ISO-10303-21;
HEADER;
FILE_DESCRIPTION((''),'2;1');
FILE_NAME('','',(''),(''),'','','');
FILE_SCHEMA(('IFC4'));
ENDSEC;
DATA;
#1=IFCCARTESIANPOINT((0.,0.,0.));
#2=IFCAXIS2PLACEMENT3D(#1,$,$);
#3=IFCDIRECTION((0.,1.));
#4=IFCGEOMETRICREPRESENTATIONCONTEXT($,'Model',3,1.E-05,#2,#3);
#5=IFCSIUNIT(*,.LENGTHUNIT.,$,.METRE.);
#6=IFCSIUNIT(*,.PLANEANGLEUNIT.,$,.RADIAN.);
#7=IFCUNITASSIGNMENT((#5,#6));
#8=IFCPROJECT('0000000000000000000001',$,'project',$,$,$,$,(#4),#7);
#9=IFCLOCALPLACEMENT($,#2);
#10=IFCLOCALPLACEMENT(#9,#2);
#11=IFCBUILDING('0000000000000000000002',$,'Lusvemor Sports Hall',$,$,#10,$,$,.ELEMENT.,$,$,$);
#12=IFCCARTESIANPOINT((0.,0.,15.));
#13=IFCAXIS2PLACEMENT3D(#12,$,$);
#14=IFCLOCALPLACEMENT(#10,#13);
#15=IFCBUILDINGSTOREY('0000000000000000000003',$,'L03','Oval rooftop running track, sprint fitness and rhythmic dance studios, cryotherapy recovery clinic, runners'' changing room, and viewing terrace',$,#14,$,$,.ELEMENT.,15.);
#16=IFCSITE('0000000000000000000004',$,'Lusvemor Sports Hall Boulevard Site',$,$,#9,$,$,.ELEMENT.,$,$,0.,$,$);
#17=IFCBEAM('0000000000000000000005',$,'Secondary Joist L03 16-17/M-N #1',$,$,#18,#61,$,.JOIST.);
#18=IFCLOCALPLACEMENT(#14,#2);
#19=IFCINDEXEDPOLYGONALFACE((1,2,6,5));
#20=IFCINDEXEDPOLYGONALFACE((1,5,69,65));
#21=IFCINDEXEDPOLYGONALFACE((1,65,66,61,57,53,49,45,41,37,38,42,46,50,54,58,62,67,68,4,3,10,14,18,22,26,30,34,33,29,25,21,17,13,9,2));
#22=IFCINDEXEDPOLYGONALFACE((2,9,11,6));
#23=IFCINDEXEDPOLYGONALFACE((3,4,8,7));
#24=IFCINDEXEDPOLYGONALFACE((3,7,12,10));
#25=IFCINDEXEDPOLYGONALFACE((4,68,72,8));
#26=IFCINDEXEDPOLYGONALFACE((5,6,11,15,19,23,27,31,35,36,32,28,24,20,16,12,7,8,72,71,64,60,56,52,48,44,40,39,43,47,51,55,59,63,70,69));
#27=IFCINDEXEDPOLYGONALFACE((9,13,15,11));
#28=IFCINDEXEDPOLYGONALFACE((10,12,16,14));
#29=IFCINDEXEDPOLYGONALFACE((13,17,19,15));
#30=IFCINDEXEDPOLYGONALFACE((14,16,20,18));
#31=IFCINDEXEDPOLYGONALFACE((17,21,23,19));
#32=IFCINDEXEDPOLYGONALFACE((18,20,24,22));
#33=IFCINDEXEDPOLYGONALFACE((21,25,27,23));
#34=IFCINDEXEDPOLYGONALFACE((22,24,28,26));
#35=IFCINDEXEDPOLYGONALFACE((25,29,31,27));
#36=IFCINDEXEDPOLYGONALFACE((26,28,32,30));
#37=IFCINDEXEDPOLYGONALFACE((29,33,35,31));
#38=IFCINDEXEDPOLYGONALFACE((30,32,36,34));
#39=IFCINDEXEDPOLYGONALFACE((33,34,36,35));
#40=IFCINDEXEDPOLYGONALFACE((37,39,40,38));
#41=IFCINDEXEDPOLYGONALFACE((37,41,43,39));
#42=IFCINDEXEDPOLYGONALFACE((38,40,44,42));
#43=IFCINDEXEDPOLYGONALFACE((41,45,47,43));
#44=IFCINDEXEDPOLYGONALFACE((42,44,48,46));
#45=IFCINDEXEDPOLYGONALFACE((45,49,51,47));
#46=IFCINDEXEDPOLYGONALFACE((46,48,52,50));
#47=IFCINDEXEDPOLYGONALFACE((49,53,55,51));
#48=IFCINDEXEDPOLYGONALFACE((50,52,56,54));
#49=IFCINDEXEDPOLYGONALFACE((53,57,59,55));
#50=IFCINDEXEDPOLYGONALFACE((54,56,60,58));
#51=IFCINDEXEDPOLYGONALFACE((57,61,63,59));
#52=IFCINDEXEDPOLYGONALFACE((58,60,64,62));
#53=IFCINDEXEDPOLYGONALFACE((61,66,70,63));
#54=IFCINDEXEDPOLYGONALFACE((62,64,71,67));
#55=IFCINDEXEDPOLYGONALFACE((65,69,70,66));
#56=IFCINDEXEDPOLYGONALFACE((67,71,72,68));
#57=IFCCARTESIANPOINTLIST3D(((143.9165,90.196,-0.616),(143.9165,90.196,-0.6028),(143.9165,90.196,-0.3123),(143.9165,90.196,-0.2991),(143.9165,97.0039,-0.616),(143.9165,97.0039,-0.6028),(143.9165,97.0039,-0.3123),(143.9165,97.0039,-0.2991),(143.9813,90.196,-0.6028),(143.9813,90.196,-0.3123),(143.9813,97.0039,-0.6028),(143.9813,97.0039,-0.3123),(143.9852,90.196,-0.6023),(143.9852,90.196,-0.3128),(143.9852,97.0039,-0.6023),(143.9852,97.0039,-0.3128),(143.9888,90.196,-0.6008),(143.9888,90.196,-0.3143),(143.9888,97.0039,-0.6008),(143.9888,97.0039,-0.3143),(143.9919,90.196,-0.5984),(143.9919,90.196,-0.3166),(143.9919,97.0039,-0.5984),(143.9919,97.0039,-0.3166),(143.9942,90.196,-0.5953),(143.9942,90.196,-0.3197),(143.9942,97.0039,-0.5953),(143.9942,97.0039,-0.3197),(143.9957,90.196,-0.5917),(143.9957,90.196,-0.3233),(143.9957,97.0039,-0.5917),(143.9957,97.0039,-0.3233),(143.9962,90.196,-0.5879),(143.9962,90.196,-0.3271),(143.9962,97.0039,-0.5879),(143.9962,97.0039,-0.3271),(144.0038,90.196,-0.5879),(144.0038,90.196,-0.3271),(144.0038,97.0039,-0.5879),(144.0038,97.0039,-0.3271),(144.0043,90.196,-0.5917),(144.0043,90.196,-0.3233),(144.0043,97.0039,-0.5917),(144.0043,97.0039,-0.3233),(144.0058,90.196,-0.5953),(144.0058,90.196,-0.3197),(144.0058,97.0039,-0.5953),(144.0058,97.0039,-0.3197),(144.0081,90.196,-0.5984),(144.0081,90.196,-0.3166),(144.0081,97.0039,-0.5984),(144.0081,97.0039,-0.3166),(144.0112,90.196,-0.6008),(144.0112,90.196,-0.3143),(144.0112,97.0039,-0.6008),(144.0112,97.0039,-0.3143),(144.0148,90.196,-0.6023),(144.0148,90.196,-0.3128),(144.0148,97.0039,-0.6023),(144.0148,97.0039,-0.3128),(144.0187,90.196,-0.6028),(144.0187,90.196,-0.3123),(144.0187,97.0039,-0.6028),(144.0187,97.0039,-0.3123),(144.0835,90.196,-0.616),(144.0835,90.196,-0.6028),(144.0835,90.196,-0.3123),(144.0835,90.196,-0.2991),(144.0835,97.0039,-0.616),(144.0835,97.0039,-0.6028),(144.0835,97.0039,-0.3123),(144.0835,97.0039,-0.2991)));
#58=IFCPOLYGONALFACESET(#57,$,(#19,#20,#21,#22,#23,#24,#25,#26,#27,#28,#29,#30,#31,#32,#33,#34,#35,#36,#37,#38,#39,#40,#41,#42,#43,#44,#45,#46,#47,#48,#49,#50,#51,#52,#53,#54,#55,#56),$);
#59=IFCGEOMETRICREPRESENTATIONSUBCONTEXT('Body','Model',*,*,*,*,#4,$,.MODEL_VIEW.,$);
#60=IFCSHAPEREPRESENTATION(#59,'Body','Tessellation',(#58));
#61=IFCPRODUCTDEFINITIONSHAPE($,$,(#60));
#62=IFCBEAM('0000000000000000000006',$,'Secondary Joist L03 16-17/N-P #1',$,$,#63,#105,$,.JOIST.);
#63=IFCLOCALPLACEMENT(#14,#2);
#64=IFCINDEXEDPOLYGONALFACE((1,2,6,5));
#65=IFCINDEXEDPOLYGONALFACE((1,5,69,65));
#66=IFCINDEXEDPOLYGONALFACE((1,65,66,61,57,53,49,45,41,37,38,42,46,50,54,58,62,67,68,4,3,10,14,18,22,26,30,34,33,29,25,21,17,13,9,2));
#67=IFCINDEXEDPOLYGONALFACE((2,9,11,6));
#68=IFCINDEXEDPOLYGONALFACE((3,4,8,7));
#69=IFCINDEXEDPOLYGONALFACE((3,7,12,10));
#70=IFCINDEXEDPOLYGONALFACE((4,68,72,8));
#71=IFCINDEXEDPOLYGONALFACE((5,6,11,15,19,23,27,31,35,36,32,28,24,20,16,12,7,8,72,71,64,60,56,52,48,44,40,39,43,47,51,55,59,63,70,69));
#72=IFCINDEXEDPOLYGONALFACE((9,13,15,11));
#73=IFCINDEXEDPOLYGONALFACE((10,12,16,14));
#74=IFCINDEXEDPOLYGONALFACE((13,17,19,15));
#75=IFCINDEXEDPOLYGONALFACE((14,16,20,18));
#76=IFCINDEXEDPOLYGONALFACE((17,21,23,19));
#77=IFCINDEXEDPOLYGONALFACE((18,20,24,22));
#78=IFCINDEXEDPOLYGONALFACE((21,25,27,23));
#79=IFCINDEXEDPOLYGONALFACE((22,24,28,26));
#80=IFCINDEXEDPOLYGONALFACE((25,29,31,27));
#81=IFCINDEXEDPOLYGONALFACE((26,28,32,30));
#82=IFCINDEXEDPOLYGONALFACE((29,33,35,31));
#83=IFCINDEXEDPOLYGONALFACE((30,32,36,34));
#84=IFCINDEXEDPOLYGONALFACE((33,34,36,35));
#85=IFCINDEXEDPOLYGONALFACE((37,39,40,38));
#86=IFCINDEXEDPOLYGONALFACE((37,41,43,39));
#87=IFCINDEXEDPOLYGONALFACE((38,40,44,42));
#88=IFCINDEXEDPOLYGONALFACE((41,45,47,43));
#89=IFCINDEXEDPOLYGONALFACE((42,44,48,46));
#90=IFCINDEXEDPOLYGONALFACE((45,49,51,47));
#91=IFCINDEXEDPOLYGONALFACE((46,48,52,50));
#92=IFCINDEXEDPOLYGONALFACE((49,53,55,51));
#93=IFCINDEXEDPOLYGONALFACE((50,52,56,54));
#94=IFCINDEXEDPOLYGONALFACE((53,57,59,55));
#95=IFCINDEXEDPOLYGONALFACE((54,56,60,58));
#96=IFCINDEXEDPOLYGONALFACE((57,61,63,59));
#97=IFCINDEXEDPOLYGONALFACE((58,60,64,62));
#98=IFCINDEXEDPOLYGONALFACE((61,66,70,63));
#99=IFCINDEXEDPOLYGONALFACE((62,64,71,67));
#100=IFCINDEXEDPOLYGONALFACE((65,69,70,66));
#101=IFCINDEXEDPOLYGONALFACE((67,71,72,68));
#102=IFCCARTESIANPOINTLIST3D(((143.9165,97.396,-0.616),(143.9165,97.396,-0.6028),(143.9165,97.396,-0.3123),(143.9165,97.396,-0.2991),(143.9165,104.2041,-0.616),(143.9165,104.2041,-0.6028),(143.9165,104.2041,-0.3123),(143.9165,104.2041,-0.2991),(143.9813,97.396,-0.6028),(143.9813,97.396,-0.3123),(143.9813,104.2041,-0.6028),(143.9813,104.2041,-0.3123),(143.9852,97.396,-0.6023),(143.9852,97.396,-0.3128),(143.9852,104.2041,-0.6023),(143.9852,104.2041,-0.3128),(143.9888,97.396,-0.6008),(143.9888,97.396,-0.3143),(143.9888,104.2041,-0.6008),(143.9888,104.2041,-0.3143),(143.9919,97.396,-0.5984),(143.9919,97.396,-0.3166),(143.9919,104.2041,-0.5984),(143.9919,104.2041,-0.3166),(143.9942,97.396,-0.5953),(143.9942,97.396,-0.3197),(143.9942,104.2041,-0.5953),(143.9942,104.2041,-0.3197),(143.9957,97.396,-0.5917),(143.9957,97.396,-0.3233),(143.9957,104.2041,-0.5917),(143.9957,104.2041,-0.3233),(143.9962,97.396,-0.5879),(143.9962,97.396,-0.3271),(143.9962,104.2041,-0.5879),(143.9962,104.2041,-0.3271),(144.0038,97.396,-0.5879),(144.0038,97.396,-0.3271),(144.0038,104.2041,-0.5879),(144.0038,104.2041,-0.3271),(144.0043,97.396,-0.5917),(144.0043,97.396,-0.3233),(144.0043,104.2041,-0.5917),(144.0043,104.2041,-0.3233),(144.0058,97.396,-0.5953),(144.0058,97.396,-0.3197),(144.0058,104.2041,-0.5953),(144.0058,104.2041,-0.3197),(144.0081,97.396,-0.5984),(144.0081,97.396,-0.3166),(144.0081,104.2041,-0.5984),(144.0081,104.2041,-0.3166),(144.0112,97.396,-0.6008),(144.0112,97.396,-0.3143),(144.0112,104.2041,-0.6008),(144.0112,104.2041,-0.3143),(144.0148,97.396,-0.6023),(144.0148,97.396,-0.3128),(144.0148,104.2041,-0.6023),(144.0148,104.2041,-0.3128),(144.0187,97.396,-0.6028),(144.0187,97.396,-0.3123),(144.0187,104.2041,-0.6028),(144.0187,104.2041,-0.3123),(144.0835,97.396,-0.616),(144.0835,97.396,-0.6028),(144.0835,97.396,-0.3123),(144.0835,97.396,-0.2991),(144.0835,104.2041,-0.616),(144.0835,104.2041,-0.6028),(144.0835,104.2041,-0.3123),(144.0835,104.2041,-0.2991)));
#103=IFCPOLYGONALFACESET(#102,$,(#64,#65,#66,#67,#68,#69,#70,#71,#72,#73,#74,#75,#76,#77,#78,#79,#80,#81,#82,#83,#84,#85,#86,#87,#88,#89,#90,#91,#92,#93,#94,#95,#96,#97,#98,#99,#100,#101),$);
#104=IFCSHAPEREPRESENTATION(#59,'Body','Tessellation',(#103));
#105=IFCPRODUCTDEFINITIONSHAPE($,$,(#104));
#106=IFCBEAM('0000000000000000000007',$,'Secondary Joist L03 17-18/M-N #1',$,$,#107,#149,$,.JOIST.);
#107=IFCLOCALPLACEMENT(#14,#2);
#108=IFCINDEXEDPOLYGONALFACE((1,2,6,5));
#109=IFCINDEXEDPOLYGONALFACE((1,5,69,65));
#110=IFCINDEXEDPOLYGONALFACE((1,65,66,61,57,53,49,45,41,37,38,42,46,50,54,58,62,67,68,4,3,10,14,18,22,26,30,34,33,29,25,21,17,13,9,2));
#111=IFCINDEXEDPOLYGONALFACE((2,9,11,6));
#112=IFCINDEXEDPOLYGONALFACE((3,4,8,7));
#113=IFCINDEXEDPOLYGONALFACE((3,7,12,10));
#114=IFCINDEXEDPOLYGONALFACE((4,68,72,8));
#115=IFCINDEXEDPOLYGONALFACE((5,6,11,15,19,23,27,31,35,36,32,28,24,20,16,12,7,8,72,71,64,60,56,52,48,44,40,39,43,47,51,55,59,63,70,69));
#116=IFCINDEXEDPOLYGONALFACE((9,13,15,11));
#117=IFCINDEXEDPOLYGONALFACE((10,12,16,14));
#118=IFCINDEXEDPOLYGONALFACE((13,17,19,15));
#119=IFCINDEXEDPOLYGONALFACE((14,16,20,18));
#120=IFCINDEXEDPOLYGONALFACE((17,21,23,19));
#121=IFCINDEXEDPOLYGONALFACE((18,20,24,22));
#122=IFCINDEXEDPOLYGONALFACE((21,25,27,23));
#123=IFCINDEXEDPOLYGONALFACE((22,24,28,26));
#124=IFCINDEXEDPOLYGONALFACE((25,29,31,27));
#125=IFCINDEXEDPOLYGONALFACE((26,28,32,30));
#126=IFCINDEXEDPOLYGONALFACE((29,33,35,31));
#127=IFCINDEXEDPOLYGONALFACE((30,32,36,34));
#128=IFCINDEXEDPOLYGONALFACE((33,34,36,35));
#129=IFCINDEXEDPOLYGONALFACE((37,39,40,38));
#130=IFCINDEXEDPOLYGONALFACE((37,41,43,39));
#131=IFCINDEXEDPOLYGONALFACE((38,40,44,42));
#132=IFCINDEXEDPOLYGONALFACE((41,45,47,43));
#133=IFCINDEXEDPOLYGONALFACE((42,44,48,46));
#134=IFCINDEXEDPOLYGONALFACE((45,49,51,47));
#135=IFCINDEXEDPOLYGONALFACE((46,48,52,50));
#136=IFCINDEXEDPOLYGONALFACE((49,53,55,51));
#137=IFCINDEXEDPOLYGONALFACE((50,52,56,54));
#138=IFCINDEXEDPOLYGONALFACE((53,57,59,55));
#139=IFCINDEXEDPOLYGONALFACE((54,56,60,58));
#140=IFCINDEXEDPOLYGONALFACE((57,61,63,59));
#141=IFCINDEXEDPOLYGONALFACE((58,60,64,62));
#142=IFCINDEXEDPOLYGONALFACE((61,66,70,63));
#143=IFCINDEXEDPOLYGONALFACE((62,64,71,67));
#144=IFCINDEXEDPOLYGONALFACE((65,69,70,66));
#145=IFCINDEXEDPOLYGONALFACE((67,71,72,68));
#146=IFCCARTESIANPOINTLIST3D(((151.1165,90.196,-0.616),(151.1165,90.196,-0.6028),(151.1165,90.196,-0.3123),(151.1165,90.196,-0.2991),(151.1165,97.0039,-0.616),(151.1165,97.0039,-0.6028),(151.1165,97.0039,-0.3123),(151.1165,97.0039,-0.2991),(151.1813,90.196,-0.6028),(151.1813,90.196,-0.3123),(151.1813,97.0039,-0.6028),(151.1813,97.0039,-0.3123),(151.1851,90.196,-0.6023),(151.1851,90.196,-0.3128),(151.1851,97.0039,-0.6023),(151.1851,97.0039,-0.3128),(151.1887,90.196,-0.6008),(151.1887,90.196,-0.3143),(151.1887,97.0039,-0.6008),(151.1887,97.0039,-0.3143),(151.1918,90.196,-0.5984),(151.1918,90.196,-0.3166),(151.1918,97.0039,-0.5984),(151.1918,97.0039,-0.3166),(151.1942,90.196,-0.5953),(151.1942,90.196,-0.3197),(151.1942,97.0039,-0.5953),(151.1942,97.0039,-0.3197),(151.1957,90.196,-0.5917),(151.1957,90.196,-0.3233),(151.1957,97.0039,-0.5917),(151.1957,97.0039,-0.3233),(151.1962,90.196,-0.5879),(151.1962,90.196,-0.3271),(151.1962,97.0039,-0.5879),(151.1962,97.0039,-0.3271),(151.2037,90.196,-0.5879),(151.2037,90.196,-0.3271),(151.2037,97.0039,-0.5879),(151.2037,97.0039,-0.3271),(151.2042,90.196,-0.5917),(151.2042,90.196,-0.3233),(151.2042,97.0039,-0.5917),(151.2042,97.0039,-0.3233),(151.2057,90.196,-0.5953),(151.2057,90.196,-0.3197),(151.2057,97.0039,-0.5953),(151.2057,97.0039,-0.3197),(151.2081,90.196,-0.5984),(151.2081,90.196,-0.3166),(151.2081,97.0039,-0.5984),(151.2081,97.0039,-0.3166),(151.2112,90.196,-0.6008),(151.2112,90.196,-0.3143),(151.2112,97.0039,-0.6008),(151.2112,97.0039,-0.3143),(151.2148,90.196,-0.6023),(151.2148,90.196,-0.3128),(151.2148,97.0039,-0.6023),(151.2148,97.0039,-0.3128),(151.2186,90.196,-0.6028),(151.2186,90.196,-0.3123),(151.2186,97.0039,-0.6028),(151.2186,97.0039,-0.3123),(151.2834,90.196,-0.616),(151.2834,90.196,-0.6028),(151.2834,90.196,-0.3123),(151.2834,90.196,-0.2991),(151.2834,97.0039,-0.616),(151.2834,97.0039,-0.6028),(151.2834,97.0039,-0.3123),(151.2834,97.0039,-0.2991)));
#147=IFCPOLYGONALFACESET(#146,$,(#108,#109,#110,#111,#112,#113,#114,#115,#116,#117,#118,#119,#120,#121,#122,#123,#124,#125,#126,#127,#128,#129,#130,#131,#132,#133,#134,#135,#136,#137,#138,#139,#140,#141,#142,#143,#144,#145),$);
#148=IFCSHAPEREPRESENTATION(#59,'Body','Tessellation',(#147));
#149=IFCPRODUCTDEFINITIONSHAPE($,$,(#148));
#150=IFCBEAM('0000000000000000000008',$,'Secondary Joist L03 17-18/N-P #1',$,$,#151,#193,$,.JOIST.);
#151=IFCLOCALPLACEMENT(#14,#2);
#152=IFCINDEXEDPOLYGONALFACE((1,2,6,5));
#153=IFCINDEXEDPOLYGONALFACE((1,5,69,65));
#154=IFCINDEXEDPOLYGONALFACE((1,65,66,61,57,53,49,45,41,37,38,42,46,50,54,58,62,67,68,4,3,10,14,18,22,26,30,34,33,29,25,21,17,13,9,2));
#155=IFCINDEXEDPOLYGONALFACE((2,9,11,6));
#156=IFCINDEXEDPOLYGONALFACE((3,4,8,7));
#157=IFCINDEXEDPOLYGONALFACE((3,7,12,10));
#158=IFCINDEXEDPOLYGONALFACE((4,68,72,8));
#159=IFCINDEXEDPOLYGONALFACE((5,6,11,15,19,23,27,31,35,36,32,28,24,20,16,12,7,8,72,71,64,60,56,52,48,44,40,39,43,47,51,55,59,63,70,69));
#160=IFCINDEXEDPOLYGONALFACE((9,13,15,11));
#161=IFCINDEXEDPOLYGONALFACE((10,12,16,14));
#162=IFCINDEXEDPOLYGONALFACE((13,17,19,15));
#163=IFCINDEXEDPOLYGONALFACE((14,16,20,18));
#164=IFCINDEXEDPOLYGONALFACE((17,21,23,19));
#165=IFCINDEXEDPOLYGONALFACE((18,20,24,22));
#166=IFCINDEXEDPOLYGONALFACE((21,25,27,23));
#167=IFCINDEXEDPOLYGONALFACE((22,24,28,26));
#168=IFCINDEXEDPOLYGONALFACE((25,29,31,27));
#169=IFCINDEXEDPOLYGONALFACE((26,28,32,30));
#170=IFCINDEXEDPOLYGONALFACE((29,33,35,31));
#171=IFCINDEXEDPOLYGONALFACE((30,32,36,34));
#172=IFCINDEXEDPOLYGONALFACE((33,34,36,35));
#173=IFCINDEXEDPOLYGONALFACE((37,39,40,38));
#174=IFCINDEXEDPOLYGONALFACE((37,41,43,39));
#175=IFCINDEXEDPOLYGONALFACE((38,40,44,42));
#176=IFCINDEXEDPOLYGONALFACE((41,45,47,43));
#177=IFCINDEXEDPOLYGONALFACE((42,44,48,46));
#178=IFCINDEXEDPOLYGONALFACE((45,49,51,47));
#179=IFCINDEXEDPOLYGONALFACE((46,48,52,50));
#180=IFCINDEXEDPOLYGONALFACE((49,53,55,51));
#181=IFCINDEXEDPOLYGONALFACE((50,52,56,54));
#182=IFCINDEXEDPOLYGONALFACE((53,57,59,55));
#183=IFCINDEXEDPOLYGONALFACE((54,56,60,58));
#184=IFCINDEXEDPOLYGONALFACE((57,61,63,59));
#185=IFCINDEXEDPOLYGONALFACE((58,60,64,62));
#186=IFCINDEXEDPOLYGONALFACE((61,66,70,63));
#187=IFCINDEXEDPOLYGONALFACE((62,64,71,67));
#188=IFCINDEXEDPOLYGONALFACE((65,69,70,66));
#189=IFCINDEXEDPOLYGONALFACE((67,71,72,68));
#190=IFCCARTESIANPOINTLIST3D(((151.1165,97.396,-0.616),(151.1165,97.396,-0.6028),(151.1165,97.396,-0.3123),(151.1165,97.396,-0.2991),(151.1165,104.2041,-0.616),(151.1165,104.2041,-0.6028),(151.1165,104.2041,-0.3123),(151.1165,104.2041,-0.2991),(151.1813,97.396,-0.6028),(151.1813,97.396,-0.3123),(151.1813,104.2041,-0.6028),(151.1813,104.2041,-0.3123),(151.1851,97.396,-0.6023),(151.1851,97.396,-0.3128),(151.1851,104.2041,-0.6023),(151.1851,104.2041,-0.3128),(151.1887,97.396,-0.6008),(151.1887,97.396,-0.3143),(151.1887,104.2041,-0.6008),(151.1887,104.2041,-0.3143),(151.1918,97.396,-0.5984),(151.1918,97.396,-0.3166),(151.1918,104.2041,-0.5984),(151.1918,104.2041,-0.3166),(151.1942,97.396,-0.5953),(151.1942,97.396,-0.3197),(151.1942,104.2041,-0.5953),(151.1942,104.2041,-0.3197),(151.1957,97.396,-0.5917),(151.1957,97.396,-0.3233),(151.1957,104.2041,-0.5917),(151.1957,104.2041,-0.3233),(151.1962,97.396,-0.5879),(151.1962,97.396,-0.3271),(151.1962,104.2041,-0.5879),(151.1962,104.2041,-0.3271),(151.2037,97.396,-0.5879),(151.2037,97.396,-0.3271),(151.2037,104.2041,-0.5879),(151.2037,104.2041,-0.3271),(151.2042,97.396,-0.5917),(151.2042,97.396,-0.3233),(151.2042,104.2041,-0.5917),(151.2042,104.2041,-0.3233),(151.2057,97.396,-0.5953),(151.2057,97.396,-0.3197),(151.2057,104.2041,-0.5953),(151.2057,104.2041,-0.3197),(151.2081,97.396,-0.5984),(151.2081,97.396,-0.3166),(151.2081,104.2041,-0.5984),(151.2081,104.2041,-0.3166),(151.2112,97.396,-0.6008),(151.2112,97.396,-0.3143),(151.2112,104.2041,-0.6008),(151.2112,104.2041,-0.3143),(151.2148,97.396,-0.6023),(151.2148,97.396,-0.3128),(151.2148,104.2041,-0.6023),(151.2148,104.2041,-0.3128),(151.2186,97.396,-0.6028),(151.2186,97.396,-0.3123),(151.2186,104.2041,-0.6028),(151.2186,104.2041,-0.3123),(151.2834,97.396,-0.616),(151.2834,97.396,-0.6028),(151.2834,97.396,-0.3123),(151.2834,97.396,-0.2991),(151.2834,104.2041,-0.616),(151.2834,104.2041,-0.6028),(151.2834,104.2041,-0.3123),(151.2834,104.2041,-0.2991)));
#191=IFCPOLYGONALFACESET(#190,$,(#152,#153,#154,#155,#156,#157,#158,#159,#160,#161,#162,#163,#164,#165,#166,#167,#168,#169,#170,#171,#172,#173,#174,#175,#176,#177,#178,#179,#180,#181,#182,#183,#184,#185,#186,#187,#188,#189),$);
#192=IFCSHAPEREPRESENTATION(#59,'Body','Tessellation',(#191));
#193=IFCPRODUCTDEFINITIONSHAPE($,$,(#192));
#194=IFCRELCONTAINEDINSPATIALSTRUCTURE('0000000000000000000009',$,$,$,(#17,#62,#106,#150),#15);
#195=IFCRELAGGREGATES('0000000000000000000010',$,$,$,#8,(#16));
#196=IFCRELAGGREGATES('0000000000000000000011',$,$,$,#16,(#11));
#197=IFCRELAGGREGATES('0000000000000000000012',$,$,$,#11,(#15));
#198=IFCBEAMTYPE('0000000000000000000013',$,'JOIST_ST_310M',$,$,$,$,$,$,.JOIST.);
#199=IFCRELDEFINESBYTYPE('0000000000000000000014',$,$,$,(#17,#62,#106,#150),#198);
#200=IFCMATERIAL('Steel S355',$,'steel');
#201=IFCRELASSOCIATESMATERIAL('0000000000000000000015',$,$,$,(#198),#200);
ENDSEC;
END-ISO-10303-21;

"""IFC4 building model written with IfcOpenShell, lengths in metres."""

from ifc_helpers import new_model, si_unit, direction, frame, origin, origin_2d, place, context, subcontext, project, spatial, i_section, extrude, material, material_profile, profile_set, type_object, element, save


model = new_model("IFC4")

# Units and contexts
model_context = context("Model", 3, precision=1e-05, world=origin(), true_north=direction((0.0, 1.0)))
body_context = subcontext(model_context, "Body", "Model", "MODEL_VIEW")
ifc_project = project(units=[si_unit("LENGTHUNIT", "METRE"), si_unit("PLANEANGLEUNIT", "RADIAN")], contexts=[model_context])

# Site, building, storey
site_placement = place(None, origin())
site = spatial("IfcSite", under=ifc_project, at=site_placement, Name="Lusvemor Sports Hall Boulevard Site", CompositionType="ELEMENT", RefElevation=0.0)
building_placement = place(site_placement, origin())
building = spatial("IfcBuilding", under=site, at=building_placement, Name="Lusvemor Sports Hall", CompositionType="ELEMENT")
storey_placement = place(building_placement, frame((0.0, 0.0, 15.0)))
storey = spatial("IfcBuildingStorey", under=building, at=storey_placement, Name="L03", Description="Oval rooftop running track, sprint fitness and rhythmic dance studios, cryotherapy recovery clinic, runners' changing room, and viewing terrace", CompositionType="ELEMENT", Elevation=15.0)

# Beams
ifc_material_1 = material(Name="Steel S355", Category="steel")
ifc_material_profile_1 = material_profile(ifc_material_1, i_section(OverallWidth=0.167, OverallDepth=0.3169, WebThickness=0.0076, FlangeThickness=0.0132, FilletRadius=0.0149, at=origin_2d()), Name="W310x52.0")
ifc_profile_set_1 = profile_set([ifc_material_profile_1], Name="Steel S355")
beam_type_1 = type_object("IfcBeamType", Name="JOIST_ST_310M", PredefinedType="JOIST", material=ifc_profile_set_1)
beam_1_placement = place(storey_placement, frame((144.0, 90.196, -0.4575), z_axis=(0.0, 1.0, 0.0), x_axis=(-1.0, 0.0, 0.0)))
element("IfcBeam", 1, at=beam_1_placement, inside=storey, type_object=beam_type_1, Name="Secondary Joist L03 16-17/M-N #1", PredefinedType="JOIST", context=body_context, shape_type="SweptSolid", body=[
    extrude(i_section(OverallWidth=0.167, OverallDepth=0.3169, WebThickness=0.0076, FlangeThickness=0.0132, FilletRadius=0.0149, at=origin_2d()), origin(), (0.0, 0.0, 1.0), 6.8079),
])
beam_2_placement = place(storey_placement, frame((144.0, 97.396, -0.4575), z_axis=(0.0, 1.0, 0.0), x_axis=(-1.0, 0.0, 0.0)))
element("IfcBeam", 2, at=beam_2_placement, inside=storey, type_object=beam_type_1, Name="Secondary Joist L03 16-17/N-P #1", PredefinedType="JOIST", context=body_context, shape_type="SweptSolid", body=[
    extrude(i_section(OverallWidth=0.167, OverallDepth=0.3169, WebThickness=0.0076, FlangeThickness=0.0132, FilletRadius=0.0149, at=origin_2d()), origin(), (0.0, 0.0, 1.0), 6.8081),
])
beam_3_placement = place(storey_placement, frame((151.2, 90.196, -0.4575), z_axis=(0.0, 1.0, 0.0), x_axis=(-1.0, 0.0, 0.0)))
element("IfcBeam", 3, at=beam_3_placement, inside=storey, type_object=beam_type_1, Name="Secondary Joist L03 17-18/M-N #1", PredefinedType="JOIST", context=body_context, shape_type="SweptSolid", body=[
    extrude(i_section(OverallWidth=0.167, OverallDepth=0.3169, WebThickness=0.0076, FlangeThickness=0.0132, FilletRadius=0.0149, at=origin_2d()), origin(), (0.0, 0.0, 1.0), 6.8079),
])
beam_4_placement = place(storey_placement, frame((151.2, 97.396, -0.4575), z_axis=(0.0, 1.0, 0.0), x_axis=(-1.0, 0.0, 0.0)))
element("IfcBeam", 4, at=beam_4_placement, inside=storey, type_object=beam_type_1, Name="Secondary Joist L03 17-18/N-P #1", PredefinedType="JOIST", context=body_context, shape_type="SweptSolid", body=[
    extrude(i_section(OverallWidth=0.167, OverallDepth=0.3169, WebThickness=0.0076, FlangeThickness=0.0132, FilletRadius=0.0149, at=origin_2d()), origin(), (0.0, 0.0, 1.0), 6.8081),
])

save(model, "model.ifc")
